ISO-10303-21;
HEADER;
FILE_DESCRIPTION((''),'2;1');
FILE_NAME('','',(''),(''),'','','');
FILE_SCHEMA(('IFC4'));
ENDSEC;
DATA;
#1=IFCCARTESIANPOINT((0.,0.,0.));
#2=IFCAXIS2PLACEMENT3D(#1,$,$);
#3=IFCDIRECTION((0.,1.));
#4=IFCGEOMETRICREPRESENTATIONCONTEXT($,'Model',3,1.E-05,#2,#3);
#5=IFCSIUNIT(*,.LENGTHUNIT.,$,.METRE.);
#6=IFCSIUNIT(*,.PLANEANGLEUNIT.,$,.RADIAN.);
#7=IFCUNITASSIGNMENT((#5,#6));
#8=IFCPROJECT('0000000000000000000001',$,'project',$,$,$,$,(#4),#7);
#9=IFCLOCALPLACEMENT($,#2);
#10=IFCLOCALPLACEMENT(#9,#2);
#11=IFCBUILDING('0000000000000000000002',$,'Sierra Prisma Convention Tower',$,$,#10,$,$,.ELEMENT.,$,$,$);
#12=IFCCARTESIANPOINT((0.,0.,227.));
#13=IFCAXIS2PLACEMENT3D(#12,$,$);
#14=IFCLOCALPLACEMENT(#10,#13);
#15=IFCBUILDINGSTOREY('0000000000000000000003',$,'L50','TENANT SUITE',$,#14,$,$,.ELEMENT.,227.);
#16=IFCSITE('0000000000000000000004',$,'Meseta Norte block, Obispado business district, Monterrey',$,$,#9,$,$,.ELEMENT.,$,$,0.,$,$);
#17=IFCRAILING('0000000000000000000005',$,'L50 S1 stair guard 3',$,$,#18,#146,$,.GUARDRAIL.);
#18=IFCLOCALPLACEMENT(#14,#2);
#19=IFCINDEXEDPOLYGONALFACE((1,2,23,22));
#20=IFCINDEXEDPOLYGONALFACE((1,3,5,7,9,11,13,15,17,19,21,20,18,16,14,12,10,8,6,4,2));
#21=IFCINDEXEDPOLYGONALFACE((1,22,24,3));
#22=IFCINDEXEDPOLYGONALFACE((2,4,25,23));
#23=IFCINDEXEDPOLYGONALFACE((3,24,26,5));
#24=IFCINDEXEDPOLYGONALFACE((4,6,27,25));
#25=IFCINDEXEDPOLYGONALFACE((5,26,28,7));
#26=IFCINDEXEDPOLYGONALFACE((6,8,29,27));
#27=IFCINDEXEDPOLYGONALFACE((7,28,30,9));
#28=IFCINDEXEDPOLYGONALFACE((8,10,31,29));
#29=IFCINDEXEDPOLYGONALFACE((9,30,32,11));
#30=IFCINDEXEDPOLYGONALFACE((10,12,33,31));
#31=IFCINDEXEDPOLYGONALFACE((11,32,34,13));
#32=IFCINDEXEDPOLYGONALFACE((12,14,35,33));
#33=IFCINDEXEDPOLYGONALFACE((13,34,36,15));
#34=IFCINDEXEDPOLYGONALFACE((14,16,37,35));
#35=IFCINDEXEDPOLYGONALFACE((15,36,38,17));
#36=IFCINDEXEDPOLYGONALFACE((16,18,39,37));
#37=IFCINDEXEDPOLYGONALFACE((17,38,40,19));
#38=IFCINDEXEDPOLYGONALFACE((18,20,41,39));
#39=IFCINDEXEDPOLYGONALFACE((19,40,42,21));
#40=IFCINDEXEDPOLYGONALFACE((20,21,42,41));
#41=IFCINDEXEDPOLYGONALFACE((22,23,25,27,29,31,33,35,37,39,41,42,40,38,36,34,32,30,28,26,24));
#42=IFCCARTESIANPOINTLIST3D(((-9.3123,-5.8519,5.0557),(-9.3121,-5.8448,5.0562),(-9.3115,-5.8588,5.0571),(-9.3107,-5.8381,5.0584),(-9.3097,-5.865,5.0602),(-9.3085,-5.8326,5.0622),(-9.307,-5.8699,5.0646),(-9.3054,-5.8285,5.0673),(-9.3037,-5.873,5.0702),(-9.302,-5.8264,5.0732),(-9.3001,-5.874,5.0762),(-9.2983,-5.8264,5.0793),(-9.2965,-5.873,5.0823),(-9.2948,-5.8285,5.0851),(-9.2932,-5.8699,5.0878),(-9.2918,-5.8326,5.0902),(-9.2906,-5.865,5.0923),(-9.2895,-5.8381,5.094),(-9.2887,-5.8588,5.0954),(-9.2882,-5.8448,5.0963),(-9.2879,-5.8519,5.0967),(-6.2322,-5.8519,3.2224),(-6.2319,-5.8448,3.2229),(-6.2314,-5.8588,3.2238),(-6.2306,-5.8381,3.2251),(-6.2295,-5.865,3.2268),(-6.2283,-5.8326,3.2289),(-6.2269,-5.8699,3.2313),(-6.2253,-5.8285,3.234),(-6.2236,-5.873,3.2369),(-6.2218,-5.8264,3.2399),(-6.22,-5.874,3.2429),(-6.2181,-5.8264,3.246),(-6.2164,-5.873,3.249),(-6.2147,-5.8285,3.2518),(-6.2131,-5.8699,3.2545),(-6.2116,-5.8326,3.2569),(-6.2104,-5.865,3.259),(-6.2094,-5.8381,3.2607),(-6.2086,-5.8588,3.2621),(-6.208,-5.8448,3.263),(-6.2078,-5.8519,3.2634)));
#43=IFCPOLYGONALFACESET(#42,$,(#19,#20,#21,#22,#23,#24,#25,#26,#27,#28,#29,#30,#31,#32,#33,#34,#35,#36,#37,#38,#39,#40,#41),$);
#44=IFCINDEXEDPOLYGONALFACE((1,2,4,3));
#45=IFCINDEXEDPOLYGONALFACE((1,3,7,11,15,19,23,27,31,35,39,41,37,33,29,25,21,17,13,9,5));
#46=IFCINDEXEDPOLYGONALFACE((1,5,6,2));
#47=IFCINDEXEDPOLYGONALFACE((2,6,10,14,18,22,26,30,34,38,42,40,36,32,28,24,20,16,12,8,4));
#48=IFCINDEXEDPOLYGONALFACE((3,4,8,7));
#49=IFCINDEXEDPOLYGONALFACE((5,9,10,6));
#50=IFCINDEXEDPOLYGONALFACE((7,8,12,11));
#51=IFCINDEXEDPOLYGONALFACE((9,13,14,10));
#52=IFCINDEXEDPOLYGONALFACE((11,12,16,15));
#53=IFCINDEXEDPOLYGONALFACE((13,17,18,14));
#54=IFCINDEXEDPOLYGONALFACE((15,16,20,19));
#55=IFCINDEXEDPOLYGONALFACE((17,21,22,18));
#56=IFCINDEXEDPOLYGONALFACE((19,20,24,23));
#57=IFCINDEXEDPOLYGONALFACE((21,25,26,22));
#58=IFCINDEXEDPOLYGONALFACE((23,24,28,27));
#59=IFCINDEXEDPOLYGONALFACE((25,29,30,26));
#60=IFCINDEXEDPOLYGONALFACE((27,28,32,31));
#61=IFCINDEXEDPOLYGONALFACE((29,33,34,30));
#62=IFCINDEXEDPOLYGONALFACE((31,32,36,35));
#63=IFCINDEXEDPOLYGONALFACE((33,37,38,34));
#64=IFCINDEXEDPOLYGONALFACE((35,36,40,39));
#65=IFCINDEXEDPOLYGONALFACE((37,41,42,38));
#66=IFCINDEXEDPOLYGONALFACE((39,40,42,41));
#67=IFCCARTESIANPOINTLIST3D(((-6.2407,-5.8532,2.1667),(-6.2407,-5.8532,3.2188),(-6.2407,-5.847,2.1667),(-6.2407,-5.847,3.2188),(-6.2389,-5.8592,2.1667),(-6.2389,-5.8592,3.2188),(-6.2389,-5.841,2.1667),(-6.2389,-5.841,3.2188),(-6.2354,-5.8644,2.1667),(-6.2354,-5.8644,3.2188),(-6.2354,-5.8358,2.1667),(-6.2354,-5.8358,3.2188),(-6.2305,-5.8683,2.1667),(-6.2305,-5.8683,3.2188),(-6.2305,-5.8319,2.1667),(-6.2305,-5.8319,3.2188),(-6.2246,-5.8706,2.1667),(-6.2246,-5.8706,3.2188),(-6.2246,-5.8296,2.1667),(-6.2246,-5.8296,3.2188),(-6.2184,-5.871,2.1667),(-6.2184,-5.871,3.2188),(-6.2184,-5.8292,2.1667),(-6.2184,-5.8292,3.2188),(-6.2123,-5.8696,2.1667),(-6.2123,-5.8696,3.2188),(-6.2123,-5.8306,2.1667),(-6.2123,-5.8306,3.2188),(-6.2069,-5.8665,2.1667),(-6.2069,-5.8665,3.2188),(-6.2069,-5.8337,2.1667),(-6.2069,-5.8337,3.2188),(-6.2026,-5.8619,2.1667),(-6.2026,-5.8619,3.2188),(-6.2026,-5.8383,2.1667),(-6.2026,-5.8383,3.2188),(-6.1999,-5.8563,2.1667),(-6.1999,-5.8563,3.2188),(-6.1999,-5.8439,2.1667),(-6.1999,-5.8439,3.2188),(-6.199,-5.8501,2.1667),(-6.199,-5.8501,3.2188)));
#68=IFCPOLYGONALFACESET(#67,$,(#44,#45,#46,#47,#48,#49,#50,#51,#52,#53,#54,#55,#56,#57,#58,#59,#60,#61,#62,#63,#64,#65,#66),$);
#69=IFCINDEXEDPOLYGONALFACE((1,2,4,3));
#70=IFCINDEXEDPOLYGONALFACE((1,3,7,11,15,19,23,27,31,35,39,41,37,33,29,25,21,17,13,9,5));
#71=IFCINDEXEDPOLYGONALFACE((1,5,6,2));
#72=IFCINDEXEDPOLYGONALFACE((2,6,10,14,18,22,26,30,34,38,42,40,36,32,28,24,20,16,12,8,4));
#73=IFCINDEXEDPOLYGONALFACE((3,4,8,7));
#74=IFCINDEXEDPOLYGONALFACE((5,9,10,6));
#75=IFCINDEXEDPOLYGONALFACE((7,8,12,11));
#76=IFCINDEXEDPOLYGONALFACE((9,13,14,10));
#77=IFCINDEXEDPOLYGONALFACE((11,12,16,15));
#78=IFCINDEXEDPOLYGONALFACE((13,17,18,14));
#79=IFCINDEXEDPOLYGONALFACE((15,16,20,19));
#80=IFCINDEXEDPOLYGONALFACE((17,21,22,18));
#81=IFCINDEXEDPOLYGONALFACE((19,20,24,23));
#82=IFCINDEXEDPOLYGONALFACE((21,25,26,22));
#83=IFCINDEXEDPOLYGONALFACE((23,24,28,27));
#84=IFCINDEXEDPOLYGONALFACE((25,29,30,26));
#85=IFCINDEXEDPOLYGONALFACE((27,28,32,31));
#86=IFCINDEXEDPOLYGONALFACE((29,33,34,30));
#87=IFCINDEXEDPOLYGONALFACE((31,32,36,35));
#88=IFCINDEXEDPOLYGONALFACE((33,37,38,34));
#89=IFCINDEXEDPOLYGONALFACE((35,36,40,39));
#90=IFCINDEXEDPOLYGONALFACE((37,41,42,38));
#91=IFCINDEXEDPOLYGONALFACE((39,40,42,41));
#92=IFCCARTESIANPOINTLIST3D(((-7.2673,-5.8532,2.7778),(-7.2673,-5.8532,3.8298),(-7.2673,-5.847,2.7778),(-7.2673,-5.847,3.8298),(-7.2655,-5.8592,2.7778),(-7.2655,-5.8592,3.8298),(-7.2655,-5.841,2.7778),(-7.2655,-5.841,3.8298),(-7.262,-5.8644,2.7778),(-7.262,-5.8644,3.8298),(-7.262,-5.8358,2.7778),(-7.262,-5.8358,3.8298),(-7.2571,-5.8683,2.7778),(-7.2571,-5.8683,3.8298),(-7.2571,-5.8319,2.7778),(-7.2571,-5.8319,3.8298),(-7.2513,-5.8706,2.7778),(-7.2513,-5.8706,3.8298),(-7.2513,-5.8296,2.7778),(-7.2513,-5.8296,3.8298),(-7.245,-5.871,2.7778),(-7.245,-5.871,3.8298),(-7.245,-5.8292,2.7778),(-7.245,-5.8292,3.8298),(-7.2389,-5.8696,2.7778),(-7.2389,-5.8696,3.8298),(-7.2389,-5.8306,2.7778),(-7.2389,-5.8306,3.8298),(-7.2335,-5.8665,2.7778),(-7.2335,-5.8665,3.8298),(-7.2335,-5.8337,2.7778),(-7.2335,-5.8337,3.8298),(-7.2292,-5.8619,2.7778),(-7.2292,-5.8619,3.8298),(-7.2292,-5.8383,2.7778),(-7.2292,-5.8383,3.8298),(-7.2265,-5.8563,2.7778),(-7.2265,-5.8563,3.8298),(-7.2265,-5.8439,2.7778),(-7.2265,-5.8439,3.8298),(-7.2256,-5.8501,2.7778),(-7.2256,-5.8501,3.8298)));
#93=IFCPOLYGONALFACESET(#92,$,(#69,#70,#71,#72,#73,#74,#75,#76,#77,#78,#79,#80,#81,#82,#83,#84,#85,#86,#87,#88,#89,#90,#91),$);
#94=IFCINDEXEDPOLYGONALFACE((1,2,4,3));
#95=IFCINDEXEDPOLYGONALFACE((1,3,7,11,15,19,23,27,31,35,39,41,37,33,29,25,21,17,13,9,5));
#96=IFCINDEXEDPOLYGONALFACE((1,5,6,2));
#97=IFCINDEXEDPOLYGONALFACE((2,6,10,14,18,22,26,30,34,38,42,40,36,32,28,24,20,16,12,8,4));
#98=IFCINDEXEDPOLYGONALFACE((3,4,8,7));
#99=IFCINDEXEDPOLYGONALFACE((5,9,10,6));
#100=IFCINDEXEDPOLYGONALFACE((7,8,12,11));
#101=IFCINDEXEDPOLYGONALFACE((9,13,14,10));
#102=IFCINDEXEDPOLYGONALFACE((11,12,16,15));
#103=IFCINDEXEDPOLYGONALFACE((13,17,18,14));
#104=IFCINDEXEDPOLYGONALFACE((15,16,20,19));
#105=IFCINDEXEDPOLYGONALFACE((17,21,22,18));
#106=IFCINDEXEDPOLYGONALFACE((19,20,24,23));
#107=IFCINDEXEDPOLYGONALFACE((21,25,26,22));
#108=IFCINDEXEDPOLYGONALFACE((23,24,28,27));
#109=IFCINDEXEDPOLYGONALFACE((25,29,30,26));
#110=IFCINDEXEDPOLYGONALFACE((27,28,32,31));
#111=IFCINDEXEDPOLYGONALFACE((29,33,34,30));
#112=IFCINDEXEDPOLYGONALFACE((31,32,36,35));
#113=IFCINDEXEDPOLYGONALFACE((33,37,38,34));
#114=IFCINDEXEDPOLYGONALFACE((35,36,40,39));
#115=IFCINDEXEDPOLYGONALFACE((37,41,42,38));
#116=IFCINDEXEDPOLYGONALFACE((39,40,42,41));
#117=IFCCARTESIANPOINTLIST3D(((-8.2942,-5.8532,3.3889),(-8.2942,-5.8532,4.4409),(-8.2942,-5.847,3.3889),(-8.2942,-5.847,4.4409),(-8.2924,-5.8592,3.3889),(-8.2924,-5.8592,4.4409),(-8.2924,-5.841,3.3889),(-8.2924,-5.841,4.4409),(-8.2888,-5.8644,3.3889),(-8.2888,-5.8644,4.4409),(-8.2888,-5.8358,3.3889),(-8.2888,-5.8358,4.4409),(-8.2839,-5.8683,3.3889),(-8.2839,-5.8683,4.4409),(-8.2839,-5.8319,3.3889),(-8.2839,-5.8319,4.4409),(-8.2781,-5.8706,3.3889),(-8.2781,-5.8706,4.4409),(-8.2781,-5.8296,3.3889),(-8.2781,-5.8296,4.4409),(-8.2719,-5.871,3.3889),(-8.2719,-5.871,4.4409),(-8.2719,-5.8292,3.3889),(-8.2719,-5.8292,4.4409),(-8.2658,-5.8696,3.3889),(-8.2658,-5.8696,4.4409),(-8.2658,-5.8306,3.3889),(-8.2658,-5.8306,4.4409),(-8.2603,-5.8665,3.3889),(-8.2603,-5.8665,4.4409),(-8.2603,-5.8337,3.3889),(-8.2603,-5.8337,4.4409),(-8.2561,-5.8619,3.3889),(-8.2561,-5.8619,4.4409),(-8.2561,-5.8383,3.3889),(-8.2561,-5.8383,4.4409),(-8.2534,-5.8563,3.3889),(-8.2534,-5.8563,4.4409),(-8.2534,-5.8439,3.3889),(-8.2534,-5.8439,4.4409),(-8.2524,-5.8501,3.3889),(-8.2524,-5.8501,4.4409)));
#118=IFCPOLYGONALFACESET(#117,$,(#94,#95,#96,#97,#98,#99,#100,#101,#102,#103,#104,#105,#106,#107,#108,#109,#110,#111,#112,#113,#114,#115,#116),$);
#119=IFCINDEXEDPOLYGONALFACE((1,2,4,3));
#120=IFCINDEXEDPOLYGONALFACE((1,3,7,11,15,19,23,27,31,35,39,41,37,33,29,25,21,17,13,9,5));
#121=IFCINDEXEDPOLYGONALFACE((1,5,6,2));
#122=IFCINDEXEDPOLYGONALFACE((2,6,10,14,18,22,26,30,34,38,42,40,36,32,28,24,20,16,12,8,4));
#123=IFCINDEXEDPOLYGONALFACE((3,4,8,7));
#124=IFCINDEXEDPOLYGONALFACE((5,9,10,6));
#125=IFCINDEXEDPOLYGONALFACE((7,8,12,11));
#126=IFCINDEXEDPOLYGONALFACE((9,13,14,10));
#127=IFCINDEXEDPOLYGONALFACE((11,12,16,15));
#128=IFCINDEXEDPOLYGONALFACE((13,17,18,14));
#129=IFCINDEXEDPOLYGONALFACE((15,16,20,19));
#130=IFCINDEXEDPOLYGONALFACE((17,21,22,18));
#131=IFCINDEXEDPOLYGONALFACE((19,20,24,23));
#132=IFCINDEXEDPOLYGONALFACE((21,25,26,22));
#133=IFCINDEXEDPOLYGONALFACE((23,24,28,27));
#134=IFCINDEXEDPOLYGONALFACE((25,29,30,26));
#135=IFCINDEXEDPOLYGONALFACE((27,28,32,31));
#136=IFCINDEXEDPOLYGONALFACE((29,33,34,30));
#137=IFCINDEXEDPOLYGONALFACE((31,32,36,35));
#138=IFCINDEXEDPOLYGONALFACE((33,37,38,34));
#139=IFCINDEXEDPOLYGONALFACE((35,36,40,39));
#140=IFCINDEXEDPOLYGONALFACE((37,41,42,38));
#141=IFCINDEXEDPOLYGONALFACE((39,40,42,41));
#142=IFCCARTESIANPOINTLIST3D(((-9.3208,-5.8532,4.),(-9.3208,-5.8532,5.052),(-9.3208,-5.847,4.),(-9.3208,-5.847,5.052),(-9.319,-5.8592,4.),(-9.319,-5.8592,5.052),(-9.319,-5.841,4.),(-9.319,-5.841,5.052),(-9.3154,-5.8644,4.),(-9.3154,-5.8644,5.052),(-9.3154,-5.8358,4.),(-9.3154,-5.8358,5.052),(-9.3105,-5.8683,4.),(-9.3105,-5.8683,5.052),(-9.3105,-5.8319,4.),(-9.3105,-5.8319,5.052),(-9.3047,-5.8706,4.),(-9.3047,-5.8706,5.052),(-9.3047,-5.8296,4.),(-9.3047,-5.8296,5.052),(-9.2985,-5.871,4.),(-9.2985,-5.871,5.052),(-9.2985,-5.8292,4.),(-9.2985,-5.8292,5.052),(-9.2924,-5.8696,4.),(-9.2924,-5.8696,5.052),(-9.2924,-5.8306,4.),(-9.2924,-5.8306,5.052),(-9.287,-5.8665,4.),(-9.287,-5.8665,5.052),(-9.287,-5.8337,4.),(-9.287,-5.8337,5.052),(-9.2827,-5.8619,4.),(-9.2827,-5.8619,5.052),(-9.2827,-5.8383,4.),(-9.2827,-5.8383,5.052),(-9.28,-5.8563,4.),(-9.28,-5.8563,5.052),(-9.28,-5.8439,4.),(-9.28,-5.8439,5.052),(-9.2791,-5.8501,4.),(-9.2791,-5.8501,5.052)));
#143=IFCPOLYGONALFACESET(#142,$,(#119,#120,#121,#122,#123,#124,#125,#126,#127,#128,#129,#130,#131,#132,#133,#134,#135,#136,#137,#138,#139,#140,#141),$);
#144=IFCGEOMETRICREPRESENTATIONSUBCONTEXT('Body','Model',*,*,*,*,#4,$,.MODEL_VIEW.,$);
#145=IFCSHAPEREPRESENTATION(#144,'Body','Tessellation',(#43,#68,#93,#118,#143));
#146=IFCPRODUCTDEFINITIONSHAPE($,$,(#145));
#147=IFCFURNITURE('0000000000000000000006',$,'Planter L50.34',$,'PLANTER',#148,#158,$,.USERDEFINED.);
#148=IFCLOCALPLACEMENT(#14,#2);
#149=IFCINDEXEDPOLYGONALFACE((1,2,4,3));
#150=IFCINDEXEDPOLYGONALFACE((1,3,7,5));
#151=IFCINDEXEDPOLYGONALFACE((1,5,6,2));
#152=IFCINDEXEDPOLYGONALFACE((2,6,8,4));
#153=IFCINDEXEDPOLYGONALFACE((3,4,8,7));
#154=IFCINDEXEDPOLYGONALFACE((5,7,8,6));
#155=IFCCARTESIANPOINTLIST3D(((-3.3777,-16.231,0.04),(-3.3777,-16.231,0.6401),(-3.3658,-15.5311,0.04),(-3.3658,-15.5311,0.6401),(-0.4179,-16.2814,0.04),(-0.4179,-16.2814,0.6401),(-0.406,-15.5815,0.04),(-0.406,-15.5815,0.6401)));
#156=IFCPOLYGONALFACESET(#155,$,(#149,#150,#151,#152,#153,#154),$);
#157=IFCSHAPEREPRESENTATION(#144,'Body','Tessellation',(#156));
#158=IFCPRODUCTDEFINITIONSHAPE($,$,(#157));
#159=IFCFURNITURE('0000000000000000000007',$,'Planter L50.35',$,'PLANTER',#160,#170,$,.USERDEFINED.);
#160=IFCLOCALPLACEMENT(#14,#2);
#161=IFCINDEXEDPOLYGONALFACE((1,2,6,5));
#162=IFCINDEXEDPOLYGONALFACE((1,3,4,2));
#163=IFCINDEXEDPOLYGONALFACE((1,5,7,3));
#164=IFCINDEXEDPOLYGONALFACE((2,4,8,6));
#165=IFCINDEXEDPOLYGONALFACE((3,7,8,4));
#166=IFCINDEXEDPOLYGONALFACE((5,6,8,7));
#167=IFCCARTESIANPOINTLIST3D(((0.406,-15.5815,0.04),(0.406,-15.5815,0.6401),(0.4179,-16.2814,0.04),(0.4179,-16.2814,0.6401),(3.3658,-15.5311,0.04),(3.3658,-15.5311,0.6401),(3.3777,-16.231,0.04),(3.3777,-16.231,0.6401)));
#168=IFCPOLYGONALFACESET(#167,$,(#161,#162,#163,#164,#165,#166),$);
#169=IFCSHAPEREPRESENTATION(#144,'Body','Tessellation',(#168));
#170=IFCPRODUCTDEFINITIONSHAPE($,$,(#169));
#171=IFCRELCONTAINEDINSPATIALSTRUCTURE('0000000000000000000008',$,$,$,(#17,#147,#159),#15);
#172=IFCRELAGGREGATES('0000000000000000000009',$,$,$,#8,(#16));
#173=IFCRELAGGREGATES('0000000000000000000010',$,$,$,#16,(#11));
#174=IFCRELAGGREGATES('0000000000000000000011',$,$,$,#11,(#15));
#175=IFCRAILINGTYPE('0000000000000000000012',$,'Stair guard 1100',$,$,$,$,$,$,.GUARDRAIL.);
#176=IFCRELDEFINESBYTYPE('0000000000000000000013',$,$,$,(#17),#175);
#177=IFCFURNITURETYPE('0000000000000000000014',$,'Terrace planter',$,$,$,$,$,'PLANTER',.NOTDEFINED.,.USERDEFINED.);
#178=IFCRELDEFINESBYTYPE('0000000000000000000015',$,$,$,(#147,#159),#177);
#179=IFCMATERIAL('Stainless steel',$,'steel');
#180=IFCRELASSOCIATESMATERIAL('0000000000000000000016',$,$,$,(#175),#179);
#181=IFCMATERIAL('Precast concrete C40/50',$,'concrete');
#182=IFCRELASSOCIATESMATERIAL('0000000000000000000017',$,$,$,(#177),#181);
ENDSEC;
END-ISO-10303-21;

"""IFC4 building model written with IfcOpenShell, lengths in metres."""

from ifc_helpers import new_model, si_unit, direction, frame, origin, origin_2d, place, context, subcontext, project, spatial, rectangle, circle, extrude, material, type_object, element, save


model = new_model("IFC4")

# Units and contexts
model_context = context("Model", 3, precision=1e-05, world=origin(), true_north=direction((0.0, 1.0)))
body_context = subcontext(model_context, "Body", "Model", "MODEL_VIEW")
ifc_project = project(units=[si_unit("LENGTHUNIT", "METRE"), si_unit("PLANEANGLEUNIT", "RADIAN")], contexts=[model_context])

# Site, building, storey
site_placement = place(None, origin())
site = spatial("IfcSite", under=ifc_project, at=site_placement, Name="Meseta Norte block, Obispado business district, Monterrey", CompositionType="ELEMENT", RefElevation=0.0)
building_placement = place(site_placement, origin())
building = spatial("IfcBuilding", under=site, at=building_placement, Name="Sierra Prisma Convention Tower", CompositionType="ELEMENT")
storey_placement = place(building_placement, frame((0.0, 0.0, 227.0)))
storey = spatial("IfcBuildingStorey", under=building, at=storey_placement, Name="L50", Description="TENANT SUITE", CompositionType="ELEMENT", Elevation=227.0)

# Railing
ifc_material_1 = material(Name="Stainless steel", Category="steel")
railing_type_1 = type_object("IfcRailingType", Name="Stair guard 1100", PredefinedType="GUARDRAIL", material=ifc_material_1)
railing_1_placement = place(storey_placement, frame((-6.22, -5.8501, 2.1667)))
element("IfcRailing", 1, at=railing_1_placement, inside=storey, type_object=railing_type_1, Name="L50 S1 stair guard 3", PredefinedType="GUARDRAIL", context=body_context, shape_type="SweptSolid", body=[
    extrude(circle(Radius=0.0239, at=origin_2d()), frame((0.0, 0.0, 1.0762), z_axis=(-0.859309, 0.0, 0.511458), x_axis=(0.0, -1.0, 0.0)), (0.0, 0.0, 1.0), 3.5845),
    extrude(circle(Radius=0.021, at=origin_2d()), origin(), (0.0, 0.0, 1.0), 1.052),
    extrude(circle(Radius=0.021, at=origin_2d()), frame((-1.0266, 0.0, 0.6111)), (0.0, 0.0, 1.0), 1.052),
    extrude(circle(Radius=0.021, at=origin_2d()), frame((-2.0535, 0.0, 1.2222)), (0.0, 0.0, 1.0), 1.052),
    extrude(circle(Radius=0.021, at=origin_2d()), frame((-3.0801, 0.0, 1.8333)), (0.0, 0.0, 1.0), 1.052),
])

# Furniture
ifc_material_2 = material(Name="Precast concrete C40/50", Category="concrete")
furniture_type = type_object("IfcFurnitureType", Name="Terrace planter", ElementType="PLANTER", AssemblyPlace="NOTDEFINED", PredefinedType="USERDEFINED", material=ifc_material_2)
for number, where, z_axis, x_axis, name in (
    (2, (-1.8918, -15.9062, 0.04), (0.0, 0.0, 1.0), (0.999855, -0.017023, 0.0), "Planter L50.34"),
    (3, (1.8918, -15.9062, 0.04), (0.0, 0.0, 1.0), (0.999855, 0.017023, 0.0), "Planter L50.35"),
):
    element("IfcFurniture", number, at=place(storey_placement, frame(where, z_axis=z_axis, x_axis=x_axis)), inside=storey, type_object=furniture_type, Name=name, ObjectType="PLANTER", PredefinedType="USERDEFINED", context=body_context, shape_type="SweptSolid", body=[
        extrude(rectangle(XDim=2.9602, YDim=0.7, at=origin_2d()), origin(), (0.0, 0.0, 1.0), 0.6001),
    ])

save(model, "model.ifc")
